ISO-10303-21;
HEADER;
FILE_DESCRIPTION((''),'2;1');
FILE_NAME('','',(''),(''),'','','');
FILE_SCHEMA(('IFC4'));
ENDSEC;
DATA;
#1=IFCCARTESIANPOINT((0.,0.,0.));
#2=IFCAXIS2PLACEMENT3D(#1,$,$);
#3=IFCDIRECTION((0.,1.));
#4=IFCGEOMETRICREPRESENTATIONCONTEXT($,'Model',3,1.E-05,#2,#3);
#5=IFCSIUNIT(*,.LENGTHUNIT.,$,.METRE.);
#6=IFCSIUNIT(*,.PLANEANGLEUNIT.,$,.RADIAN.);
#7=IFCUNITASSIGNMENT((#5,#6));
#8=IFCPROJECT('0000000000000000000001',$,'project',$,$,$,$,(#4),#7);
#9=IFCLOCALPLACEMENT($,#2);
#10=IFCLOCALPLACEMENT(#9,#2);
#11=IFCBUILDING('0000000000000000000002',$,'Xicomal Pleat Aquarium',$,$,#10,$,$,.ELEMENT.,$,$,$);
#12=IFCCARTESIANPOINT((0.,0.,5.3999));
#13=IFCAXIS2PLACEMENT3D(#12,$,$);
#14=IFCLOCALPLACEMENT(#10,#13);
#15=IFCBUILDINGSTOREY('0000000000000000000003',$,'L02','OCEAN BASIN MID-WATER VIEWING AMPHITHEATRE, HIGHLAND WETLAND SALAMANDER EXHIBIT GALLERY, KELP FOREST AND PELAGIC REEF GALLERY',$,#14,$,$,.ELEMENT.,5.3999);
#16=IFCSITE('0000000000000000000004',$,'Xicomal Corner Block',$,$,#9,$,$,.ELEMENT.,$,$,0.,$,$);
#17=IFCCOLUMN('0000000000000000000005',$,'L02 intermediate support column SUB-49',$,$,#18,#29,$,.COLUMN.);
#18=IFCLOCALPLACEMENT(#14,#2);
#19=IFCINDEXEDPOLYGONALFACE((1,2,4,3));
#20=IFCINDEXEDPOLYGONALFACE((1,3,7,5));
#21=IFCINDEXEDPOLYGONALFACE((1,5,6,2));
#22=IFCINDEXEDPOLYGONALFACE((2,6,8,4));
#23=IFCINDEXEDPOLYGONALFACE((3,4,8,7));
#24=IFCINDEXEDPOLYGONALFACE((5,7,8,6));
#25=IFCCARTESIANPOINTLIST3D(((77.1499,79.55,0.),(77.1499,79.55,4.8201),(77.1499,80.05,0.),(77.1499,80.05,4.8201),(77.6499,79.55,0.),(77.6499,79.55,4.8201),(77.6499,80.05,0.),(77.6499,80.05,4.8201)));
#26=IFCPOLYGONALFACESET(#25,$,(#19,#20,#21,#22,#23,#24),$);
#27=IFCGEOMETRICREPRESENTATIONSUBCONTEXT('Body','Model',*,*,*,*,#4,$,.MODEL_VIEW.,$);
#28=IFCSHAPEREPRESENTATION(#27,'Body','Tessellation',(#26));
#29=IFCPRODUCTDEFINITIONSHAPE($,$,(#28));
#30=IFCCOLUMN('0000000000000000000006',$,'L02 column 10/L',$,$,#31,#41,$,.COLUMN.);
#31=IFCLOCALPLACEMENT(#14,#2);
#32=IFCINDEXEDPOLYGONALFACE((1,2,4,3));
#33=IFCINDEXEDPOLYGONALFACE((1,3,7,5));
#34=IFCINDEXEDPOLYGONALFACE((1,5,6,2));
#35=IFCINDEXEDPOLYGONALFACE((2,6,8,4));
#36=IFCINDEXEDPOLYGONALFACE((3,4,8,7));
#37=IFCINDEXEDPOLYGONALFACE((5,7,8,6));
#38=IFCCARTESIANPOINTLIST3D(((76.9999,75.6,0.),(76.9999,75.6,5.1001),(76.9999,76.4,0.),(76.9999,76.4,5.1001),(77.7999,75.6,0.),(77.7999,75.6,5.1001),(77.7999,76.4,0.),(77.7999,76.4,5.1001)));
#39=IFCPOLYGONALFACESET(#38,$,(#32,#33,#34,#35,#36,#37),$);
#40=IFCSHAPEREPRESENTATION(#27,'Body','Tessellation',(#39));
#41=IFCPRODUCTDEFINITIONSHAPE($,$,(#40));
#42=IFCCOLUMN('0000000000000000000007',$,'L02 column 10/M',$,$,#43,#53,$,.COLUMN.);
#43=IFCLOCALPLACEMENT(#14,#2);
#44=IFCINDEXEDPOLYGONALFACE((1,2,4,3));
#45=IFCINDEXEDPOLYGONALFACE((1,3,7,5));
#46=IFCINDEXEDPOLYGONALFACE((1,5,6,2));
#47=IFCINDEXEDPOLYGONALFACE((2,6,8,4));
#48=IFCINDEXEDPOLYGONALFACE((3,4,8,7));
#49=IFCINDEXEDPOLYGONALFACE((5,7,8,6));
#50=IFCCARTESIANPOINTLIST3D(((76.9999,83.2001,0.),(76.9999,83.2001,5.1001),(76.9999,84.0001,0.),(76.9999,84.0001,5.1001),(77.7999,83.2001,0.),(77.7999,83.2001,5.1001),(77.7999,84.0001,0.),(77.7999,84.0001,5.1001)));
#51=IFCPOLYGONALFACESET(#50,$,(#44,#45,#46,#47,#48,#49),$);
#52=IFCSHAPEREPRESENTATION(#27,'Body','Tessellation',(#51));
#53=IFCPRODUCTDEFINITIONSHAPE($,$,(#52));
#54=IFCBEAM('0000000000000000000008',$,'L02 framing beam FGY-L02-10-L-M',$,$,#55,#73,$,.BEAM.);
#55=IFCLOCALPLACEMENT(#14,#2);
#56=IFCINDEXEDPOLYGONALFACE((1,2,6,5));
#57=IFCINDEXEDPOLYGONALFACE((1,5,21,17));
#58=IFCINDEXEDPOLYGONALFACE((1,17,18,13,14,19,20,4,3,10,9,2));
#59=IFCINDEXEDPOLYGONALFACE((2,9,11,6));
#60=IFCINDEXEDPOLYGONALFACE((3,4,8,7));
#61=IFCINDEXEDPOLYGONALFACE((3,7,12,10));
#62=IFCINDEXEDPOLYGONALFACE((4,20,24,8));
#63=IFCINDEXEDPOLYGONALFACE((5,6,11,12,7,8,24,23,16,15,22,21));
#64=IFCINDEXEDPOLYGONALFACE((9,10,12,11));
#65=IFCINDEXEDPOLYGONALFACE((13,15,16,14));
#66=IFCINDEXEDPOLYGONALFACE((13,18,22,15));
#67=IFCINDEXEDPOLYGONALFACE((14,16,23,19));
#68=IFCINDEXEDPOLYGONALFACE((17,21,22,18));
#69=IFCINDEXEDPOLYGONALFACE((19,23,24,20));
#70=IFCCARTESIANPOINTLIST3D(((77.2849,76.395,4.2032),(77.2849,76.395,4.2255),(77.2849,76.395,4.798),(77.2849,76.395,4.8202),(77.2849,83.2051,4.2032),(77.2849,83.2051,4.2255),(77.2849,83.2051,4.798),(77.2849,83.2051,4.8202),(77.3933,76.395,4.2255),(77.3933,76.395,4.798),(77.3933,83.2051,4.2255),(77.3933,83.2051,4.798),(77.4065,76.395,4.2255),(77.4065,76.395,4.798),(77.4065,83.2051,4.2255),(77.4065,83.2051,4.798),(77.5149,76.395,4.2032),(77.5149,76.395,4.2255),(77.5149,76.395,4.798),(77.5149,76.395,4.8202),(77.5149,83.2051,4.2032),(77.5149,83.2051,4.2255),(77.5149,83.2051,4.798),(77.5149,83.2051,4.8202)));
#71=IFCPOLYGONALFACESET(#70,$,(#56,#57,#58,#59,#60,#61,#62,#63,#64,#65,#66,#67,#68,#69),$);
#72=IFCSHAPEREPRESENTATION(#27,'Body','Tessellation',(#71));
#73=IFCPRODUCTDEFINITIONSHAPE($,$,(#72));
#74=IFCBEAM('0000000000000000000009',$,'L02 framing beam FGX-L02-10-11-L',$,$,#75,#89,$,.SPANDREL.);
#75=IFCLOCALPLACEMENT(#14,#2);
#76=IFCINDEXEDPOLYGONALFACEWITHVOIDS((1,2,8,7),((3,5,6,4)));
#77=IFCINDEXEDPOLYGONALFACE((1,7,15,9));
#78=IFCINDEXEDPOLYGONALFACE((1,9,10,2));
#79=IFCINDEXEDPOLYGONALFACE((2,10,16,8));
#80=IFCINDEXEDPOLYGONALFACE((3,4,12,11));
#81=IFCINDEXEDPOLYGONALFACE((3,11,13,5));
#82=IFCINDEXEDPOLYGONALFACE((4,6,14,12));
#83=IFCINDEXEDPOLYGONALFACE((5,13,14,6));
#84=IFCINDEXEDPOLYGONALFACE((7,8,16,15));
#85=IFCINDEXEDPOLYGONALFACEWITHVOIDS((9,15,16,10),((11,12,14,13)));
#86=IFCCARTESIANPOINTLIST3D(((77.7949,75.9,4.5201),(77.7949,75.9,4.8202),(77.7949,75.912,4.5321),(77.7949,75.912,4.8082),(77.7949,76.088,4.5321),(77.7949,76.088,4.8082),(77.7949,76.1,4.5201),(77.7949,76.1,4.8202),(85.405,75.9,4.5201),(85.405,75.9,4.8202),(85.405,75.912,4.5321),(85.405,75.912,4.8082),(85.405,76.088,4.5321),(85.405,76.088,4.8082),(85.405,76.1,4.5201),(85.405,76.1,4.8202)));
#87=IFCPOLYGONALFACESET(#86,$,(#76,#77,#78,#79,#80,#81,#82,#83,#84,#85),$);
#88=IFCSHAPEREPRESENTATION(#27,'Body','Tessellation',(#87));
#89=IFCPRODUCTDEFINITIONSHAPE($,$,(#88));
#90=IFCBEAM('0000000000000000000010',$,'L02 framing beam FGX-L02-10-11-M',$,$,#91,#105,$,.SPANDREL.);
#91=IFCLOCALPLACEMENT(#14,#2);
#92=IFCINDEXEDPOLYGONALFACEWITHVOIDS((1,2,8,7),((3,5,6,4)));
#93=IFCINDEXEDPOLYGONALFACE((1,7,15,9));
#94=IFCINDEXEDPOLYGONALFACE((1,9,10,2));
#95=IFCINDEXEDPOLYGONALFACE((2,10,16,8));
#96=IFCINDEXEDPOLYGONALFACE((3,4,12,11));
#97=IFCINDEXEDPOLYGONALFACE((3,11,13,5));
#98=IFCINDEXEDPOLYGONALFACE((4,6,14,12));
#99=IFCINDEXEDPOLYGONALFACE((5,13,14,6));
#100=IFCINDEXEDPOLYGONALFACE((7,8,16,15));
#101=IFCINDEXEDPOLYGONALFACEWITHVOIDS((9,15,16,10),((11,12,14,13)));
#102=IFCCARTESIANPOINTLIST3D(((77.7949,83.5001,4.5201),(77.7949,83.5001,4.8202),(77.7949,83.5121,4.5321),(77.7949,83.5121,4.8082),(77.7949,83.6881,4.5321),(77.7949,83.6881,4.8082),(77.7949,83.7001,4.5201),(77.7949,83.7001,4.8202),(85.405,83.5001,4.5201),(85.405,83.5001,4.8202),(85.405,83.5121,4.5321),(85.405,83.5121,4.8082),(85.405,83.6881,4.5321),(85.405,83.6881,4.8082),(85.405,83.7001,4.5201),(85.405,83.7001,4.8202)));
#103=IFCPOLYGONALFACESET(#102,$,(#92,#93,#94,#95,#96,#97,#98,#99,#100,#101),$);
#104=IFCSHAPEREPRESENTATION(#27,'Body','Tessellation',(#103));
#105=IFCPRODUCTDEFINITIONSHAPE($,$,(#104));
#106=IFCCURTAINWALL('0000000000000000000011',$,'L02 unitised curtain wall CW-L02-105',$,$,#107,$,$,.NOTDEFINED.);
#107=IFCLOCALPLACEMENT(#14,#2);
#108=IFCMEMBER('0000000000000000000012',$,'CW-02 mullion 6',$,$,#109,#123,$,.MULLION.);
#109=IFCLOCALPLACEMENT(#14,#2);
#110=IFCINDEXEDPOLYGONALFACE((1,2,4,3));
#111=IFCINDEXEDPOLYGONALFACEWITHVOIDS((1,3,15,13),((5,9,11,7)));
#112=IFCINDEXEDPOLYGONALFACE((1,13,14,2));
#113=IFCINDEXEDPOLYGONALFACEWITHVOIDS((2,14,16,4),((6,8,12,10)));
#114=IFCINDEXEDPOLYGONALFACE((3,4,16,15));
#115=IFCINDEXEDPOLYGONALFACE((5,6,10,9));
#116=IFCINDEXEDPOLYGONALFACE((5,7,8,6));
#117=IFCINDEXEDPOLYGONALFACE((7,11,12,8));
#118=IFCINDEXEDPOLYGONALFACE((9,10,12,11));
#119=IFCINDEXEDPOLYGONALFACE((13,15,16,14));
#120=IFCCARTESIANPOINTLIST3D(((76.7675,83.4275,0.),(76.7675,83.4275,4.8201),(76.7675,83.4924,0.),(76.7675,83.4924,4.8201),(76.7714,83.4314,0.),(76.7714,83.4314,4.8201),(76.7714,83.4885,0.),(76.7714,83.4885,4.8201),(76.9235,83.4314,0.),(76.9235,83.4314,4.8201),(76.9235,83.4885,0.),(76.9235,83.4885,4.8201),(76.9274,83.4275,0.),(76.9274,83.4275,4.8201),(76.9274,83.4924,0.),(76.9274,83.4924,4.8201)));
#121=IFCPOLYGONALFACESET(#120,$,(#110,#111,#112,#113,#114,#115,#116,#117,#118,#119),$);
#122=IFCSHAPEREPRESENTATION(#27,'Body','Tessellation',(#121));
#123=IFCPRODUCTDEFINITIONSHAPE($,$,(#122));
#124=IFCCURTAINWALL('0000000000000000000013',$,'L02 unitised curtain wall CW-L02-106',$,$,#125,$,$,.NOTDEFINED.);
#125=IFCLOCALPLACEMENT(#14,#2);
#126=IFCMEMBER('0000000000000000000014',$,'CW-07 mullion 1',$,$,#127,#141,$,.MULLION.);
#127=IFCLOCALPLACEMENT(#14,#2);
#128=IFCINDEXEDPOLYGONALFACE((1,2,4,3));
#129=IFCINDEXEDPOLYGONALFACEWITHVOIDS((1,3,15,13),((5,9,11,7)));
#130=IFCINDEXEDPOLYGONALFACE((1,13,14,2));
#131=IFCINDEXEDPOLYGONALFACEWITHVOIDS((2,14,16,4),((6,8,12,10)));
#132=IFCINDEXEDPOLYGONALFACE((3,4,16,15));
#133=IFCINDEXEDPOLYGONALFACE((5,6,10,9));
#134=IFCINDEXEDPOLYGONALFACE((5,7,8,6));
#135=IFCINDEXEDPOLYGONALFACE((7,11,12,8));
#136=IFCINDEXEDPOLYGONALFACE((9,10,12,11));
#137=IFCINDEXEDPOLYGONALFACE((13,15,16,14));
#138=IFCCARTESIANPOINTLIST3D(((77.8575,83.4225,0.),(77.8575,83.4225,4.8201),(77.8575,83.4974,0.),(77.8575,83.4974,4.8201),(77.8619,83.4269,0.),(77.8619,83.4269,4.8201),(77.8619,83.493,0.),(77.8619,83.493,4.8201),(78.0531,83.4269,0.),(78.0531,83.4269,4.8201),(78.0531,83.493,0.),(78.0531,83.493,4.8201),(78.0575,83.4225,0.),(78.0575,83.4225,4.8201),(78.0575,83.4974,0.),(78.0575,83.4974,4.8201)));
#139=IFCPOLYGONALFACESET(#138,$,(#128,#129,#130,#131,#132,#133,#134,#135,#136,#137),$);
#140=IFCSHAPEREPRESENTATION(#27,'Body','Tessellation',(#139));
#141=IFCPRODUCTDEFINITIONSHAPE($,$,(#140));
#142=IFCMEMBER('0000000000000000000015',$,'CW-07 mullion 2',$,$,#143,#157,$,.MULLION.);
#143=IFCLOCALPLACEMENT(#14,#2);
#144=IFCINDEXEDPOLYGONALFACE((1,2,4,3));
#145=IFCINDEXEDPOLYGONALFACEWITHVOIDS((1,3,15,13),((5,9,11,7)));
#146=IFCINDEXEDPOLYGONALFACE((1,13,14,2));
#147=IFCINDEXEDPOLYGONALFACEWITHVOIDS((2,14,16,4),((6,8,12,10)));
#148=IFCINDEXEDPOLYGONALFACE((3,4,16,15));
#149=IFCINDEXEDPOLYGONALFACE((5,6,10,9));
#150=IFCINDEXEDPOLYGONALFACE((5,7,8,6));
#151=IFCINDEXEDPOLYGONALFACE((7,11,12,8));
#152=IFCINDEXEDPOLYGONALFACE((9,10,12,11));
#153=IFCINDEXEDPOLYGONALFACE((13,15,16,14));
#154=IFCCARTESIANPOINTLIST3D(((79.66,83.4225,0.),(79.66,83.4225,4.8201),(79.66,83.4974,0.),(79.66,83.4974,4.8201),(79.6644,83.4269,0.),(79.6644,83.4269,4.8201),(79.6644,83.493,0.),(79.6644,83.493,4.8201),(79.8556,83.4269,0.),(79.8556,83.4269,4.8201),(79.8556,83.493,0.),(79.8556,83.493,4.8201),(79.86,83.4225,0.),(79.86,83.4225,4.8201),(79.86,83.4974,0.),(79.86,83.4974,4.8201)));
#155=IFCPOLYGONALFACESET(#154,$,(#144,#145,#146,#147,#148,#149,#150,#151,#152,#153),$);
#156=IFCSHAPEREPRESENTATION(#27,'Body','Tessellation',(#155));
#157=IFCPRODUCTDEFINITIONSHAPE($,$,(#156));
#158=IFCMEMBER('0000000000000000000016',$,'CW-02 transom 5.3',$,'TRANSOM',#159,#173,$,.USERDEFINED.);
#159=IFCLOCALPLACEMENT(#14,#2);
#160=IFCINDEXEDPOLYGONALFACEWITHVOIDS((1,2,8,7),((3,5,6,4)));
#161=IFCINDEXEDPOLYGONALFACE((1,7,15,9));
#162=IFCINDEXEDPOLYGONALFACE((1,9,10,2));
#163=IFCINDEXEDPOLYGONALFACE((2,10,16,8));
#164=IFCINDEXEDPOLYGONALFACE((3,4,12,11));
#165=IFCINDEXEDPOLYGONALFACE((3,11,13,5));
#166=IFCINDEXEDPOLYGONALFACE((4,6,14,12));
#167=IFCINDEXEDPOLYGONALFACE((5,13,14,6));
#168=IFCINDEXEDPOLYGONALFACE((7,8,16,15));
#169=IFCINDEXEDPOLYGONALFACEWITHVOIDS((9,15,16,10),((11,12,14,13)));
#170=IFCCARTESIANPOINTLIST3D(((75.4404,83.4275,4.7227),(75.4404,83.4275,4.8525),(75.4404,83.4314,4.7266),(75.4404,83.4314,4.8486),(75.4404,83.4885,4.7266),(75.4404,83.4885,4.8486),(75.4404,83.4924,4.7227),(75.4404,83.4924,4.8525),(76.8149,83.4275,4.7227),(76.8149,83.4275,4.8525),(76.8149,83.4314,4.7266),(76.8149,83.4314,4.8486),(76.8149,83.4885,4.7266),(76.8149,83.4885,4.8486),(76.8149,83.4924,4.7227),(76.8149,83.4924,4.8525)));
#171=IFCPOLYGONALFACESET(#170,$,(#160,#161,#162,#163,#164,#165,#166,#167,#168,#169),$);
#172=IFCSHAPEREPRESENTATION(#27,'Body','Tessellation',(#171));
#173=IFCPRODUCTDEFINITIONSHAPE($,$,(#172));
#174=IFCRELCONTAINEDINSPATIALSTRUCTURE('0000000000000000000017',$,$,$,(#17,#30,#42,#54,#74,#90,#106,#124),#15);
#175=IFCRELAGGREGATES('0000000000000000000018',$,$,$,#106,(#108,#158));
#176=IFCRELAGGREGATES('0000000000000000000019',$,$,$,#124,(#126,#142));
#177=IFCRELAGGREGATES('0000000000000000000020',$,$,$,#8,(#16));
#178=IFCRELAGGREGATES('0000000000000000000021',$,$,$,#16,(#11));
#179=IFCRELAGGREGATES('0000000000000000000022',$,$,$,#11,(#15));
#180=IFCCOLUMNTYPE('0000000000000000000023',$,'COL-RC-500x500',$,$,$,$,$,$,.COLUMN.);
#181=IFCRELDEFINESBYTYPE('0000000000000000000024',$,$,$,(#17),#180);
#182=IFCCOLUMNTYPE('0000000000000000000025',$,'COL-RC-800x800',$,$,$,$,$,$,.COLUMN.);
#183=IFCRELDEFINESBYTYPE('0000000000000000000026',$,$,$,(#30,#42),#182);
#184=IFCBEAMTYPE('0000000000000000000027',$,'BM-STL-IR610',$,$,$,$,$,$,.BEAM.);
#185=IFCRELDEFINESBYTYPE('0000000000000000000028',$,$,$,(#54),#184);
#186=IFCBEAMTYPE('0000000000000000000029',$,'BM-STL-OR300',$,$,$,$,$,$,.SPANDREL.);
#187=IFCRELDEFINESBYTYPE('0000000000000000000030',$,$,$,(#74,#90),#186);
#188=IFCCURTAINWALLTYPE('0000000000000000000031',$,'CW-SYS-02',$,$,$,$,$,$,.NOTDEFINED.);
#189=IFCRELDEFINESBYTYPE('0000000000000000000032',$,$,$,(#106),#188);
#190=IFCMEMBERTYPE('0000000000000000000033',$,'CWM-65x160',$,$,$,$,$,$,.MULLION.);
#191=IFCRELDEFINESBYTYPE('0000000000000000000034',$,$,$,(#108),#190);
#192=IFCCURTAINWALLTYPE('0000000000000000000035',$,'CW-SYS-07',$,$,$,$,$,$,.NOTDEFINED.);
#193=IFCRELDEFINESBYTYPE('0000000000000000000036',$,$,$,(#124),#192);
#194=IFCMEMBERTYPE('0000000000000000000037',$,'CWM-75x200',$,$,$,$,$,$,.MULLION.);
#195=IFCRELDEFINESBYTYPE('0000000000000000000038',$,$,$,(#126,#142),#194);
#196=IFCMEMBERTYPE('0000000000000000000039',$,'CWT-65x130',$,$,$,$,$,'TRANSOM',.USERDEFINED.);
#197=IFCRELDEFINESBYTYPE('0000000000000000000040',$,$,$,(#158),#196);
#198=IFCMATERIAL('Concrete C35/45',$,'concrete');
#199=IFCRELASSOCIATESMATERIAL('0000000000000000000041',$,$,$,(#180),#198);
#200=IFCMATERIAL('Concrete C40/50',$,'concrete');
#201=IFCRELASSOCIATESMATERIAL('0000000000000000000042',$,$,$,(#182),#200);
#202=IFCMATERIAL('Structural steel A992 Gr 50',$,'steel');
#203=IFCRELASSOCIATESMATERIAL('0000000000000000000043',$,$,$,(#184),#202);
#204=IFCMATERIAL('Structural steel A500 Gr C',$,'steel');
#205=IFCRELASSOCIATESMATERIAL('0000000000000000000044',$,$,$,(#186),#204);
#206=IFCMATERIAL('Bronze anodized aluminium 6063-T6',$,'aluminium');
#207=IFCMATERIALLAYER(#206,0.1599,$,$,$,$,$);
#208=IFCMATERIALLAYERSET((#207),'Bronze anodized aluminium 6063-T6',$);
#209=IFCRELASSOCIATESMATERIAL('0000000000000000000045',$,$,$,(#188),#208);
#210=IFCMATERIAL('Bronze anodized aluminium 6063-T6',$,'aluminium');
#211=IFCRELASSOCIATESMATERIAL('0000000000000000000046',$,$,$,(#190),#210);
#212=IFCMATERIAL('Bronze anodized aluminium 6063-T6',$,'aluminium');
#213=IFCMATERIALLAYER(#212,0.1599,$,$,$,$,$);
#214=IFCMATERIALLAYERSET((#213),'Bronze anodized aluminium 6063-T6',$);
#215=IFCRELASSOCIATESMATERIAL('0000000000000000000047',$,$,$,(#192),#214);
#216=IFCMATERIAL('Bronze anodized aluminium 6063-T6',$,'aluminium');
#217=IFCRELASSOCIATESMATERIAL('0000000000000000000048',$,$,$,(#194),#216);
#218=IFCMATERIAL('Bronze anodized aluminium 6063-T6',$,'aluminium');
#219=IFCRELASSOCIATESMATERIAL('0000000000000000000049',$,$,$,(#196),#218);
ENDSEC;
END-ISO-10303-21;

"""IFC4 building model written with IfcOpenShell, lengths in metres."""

from ifc_helpers import new_model, si_unit, direction, frame, origin, origin_2d, place, context, subcontext, project, spatial, rectangle, hollow_rectangle, i_section, extrude, material, layer, layer_set, material_profile, profile_set, type_object, element, aggregate, save


model = new_model("IFC4")

# Units and contexts
model_context = context("Model", 3, precision=1e-05, world=origin(), true_north=direction((0.0, 1.0)))
body_context = subcontext(model_context, "Body", "Model", "MODEL_VIEW")
ifc_project = project(units=[si_unit("LENGTHUNIT", "METRE"), si_unit("PLANEANGLEUNIT", "RADIAN")], contexts=[model_context])

# Site, building, storey
site_placement = place(None, origin())
site = spatial("IfcSite", under=ifc_project, at=site_placement, Name="Xicomal Corner Block", CompositionType="ELEMENT", RefElevation=0.0)
building_placement = place(site_placement, origin())
building = spatial("IfcBuilding", under=site, at=building_placement, Name="Xicomal Pleat Aquarium", CompositionType="ELEMENT")
storey_placement = place(building_placement, frame((0.0, 0.0, 5.3999)))
storey = spatial("IfcBuildingStorey", under=building, at=storey_placement, Name="L02", Description="OCEAN BASIN MID-WATER VIEWING AMPHITHEATRE, HIGHLAND WETLAND SALAMANDER EXHIBIT GALLERY, KELP FOREST AND PELAGIC REEF GALLERY", CompositionType="ELEMENT", Elevation=5.3999)

# Columns
ifc_material_1 = material(Name="Concrete C35/45", Category="concrete")
ifc_material_profile_1 = material_profile(ifc_material_1, rectangle(XDim=0.5, YDim=0.5, at=origin_2d()), Name="RC 500x500")
ifc_profile_set_1 = profile_set([ifc_material_profile_1], Name="Concrete C35/45")
column_type_1 = type_object("IfcColumnType", Name="COL-RC-500x500", PredefinedType="COLUMN", material=ifc_profile_set_1)
column_placement = place(storey_placement, frame((77.3999, 79.8, 0.0), z_axis=(0.0, 0.0, 1.0), x_axis=(1.0, 0.0, 0.0)))
element("IfcColumn", 1, at=column_placement, inside=storey, type_object=column_type_1, Name="L02 intermediate support column SUB-49", PredefinedType="COLUMN", context=body_context, shape_type="SweptSolid", body=[
    extrude(rectangle(XDim=0.5, YDim=0.5, at=origin_2d()), origin(), (0.0, 0.0, 1.0), 4.8201),
])
ifc_material_2 = material(Name="Concrete C40/50", Category="concrete")
ifc_material_profile_2 = material_profile(ifc_material_2, rectangle(XDim=0.8, YDim=0.8, at=origin_2d()), Name="RC 800x800")
ifc_profile_set_2 = profile_set([ifc_material_profile_2], Name="Concrete C40/50")
column_type_2 = type_object("IfcColumnType", Name="COL-RC-800x800", PredefinedType="COLUMN", material=ifc_profile_set_2)
for number, where, z_axis, x_axis, name in (
    (2, (77.3999, 76.0, 0.0), (0.0, 0.0, 1.0), (1.0, 0.0, 0.0), "L02 column 10/L"),
    (3, (77.3999, 83.6001, 0.0), (0.0, 0.0, 1.0), (1.0, 0.0, 0.0), "L02 column 10/M"),
):
    element("IfcColumn", number, at=place(storey_placement, frame(where, z_axis=z_axis, x_axis=x_axis)), inside=storey, type_object=column_type_2, Name=name, PredefinedType="COLUMN", context=body_context, shape_type="SweptSolid", body=[
        extrude(rectangle(XDim=0.8, YDim=0.8, at=origin_2d()), origin(), (0.0, 0.0, 1.0), 5.1001),
    ])

# Beams
ifc_material_3 = material(Name="Structural steel A992 Gr 50", Category="steel")
ifc_material_profile_3 = material_profile(ifc_material_3, i_section(OverallWidth=0.23, OverallDepth=0.6169, WebThickness=0.0132, FlangeThickness=0.0222, at=origin_2d()), Name="IR 610x140")
ifc_profile_set_3 = profile_set([ifc_material_profile_3], Name="Structural steel A992 Gr 50")
beam_type_1 = type_object("IfcBeamType", Name="BM-STL-IR610", PredefinedType="BEAM", material=ifc_profile_set_3)
beam_placement = place(storey_placement, frame((77.3999, 76.395, 4.5117), z_axis=(0.0, 1.0, 0.0), x_axis=(-1.0, 0.0, 0.0)))
element("IfcBeam", 4, at=beam_placement, inside=storey, type_object=beam_type_1, Name="L02 framing beam FGY-L02-10-L-M", PredefinedType="BEAM", context=body_context, shape_type="SweptSolid", body=[
    extrude(i_section(OverallWidth=0.23, OverallDepth=0.6169, WebThickness=0.0132, FlangeThickness=0.0222, at=origin_2d()), origin(), (0.0, 0.0, 1.0), 6.8101),
])
ifc_material_4 = material(Name="Structural steel A500 Gr C", Category="steel")
ifc_material_profile_4 = material_profile(ifc_material_4, hollow_rectangle(XDim=0.2, YDim=0.3, WallThickness=0.012, at=origin_2d()), Name="OR 300x200x12")
ifc_profile_set_4 = profile_set([ifc_material_profile_4], Name="Structural steel A500 Gr C")
beam_type_2 = type_object("IfcBeamType", Name="BM-STL-OR300", PredefinedType="SPANDREL", material=ifc_profile_set_4)
for number, where, z_axis, x_axis, name in (
    (5, (77.7949, 76.0, 4.6702), (1.0, 0.0, 0.0), (0.0, 1.0, 0.0), "L02 framing beam FGX-L02-10-11-L"),
    (6, (77.7949, 83.6001, 4.6702), (1.0, 0.0, 0.0), (0.0, 1.0, 0.0), "L02 framing beam FGX-L02-10-11-M"),
):
    element("IfcBeam", number, at=place(storey_placement, frame(where, z_axis=z_axis, x_axis=x_axis)), inside=storey, type_object=beam_type_2, Name=name, PredefinedType="SPANDREL", context=body_context, shape_type="SweptSolid", body=[
        extrude(hollow_rectangle(XDim=0.2, YDim=0.3, WallThickness=0.012, at=origin_2d()), origin(), (0.0, 0.0, 1.0), 7.6101),
    ])

# Curtain wall, member
ifc_material_5 = material(Name="Bronze anodized aluminium 6063-T6", Category="aluminium")
ifc_layer_1 = layer(ifc_material_5, 0.1599)
ifc_layer_set_1 = layer_set([ifc_layer_1], Name="Bronze anodized aluminium 6063-T6")
curtain_wall_type_1 = type_object("IfcCurtainWallType", Name="CW-SYS-02", PredefinedType="NOTDEFINED", material=ifc_layer_set_1)
curtain_wall_1_placement = place(storey_placement, origin())
curtain_wall_1 = element("IfcCurtainWall", 7, at=curtain_wall_1_placement, inside=storey, type_object=curtain_wall_type_1, Name="L02 unitised curtain wall CW-L02-105", PredefinedType="NOTDEFINED")
ifc_material_6 = material(Name="Bronze anodized aluminium 6063-T6", Category="aluminium")
ifc_material_profile_5 = material_profile(ifc_material_6, hollow_rectangle(XDim=0.0649, YDim=0.1599, WallThickness=0.0039, at=origin_2d()), Name="ALU MULL 65x160")
ifc_profile_set_5 = profile_set([ifc_material_profile_5], Name="Bronze anodized aluminium 6063-T6")
member_type_1 = type_object("IfcMemberType", Name="CWM-65x160", PredefinedType="MULLION", material=ifc_profile_set_5)
member_1_placement = place(storey_placement, frame((76.8474, 83.46, 0.0), z_axis=(0.0, 0.0, 1.0), x_axis=(0.0, 1.0, 0.0)))
member_1 = element("IfcMember", 8, at=member_1_placement, type_object=member_type_1, Name="CW-02 mullion 6", PredefinedType="MULLION", context=body_context, shape_type="SweptSolid", body=[
    extrude(hollow_rectangle(XDim=0.0649, YDim=0.1599, WallThickness=0.0039, at=origin_2d()), origin(), (0.0, 0.0, 1.0), 4.8201),
])

# Curtain wall, members
ifc_material_7 = material(Name="Bronze anodized aluminium 6063-T6", Category="aluminium")
ifc_layer_2 = layer(ifc_material_7, 0.1599)
ifc_layer_set_2 = layer_set([ifc_layer_2], Name="Bronze anodized aluminium 6063-T6")
curtain_wall_type_2 = type_object("IfcCurtainWallType", Name="CW-SYS-07", PredefinedType="NOTDEFINED", material=ifc_layer_set_2)
curtain_wall_2_placement = place(storey_placement, origin())
curtain_wall_2 = element("IfcCurtainWall", 9, at=curtain_wall_2_placement, inside=storey, type_object=curtain_wall_type_2, Name="L02 unitised curtain wall CW-L02-106", PredefinedType="NOTDEFINED")
ifc_material_8 = material(Name="Bronze anodized aluminium 6063-T6", Category="aluminium")
ifc_material_profile_6 = material_profile(ifc_material_8, hollow_rectangle(XDim=0.075, YDim=0.2, WallThickness=0.0044, at=origin_2d()), Name="ALU MULL 75x200")
ifc_profile_set_6 = profile_set([ifc_material_profile_6], Name="Bronze anodized aluminium 6063-T6")
member_type_2 = type_object("IfcMemberType", Name="CWM-75x200", PredefinedType="MULLION", material=ifc_profile_set_6)
member_2_placement = place(storey_placement, frame((77.9575, 83.46, 0.0), z_axis=(0.0, 0.0, 1.0), x_axis=(0.0, 1.0, 0.0)))
member_2 = element("IfcMember", 10, at=member_2_placement, type_object=member_type_2, Name="CW-07 mullion 1", PredefinedType="MULLION", context=body_context, shape_type="SweptSolid", body=[
    extrude(hollow_rectangle(XDim=0.075, YDim=0.2, WallThickness=0.0044, at=origin_2d()), origin(), (0.0, 0.0, 1.0), 4.8201),
])
member_3_placement = place(storey_placement, frame((79.76, 83.46, 0.0), z_axis=(0.0, 0.0, 1.0), x_axis=(0.0, 1.0, 0.0)))
member_3 = element("IfcMember", 11, at=member_3_placement, type_object=member_type_2, Name="CW-07 mullion 2", PredefinedType="MULLION", context=body_context, shape_type="SweptSolid", body=[
    extrude(hollow_rectangle(XDim=0.075, YDim=0.2, WallThickness=0.0044, at=origin_2d()), origin(), (0.0, 0.0, 1.0), 4.8201),
])

# Member
ifc_material_9 = material(Name="Bronze anodized aluminium 6063-T6", Category="aluminium")
ifc_material_profile_7 = material_profile(ifc_material_9, hollow_rectangle(XDim=0.0649, YDim=0.1299, WallThickness=0.0039, at=origin_2d()), Name="ALU TRAN 65x130")
ifc_profile_set_7 = profile_set([ifc_material_profile_7], Name="Bronze anodized aluminium 6063-T6")
member_type_3 = type_object("IfcMemberType", Name="CWT-65x130", ElementType="TRANSOM", PredefinedType="USERDEFINED", material=ifc_profile_set_7)
member_4_placement = place(storey_placement, frame((75.4404, 83.46, 4.7876), z_axis=(1.0, 0.0, 0.0), x_axis=(0.0, 1.0, 0.0)))
member_4 = element("IfcMember", 12, at=member_4_placement, type_object=member_type_3, Name="CW-02 transom 5.3", ObjectType="TRANSOM", PredefinedType="USERDEFINED", context=body_context, shape_type="SweptSolid", body=[
    extrude(hollow_rectangle(XDim=0.0649, YDim=0.1299, WallThickness=0.0039, at=origin_2d()), origin(), (0.0, 0.0, 1.0), 1.3745),
])

aggregate(curtain_wall_1, [member_1, member_4])
aggregate(curtain_wall_2, [member_2, member_3])

save(model, "model.ifc")
